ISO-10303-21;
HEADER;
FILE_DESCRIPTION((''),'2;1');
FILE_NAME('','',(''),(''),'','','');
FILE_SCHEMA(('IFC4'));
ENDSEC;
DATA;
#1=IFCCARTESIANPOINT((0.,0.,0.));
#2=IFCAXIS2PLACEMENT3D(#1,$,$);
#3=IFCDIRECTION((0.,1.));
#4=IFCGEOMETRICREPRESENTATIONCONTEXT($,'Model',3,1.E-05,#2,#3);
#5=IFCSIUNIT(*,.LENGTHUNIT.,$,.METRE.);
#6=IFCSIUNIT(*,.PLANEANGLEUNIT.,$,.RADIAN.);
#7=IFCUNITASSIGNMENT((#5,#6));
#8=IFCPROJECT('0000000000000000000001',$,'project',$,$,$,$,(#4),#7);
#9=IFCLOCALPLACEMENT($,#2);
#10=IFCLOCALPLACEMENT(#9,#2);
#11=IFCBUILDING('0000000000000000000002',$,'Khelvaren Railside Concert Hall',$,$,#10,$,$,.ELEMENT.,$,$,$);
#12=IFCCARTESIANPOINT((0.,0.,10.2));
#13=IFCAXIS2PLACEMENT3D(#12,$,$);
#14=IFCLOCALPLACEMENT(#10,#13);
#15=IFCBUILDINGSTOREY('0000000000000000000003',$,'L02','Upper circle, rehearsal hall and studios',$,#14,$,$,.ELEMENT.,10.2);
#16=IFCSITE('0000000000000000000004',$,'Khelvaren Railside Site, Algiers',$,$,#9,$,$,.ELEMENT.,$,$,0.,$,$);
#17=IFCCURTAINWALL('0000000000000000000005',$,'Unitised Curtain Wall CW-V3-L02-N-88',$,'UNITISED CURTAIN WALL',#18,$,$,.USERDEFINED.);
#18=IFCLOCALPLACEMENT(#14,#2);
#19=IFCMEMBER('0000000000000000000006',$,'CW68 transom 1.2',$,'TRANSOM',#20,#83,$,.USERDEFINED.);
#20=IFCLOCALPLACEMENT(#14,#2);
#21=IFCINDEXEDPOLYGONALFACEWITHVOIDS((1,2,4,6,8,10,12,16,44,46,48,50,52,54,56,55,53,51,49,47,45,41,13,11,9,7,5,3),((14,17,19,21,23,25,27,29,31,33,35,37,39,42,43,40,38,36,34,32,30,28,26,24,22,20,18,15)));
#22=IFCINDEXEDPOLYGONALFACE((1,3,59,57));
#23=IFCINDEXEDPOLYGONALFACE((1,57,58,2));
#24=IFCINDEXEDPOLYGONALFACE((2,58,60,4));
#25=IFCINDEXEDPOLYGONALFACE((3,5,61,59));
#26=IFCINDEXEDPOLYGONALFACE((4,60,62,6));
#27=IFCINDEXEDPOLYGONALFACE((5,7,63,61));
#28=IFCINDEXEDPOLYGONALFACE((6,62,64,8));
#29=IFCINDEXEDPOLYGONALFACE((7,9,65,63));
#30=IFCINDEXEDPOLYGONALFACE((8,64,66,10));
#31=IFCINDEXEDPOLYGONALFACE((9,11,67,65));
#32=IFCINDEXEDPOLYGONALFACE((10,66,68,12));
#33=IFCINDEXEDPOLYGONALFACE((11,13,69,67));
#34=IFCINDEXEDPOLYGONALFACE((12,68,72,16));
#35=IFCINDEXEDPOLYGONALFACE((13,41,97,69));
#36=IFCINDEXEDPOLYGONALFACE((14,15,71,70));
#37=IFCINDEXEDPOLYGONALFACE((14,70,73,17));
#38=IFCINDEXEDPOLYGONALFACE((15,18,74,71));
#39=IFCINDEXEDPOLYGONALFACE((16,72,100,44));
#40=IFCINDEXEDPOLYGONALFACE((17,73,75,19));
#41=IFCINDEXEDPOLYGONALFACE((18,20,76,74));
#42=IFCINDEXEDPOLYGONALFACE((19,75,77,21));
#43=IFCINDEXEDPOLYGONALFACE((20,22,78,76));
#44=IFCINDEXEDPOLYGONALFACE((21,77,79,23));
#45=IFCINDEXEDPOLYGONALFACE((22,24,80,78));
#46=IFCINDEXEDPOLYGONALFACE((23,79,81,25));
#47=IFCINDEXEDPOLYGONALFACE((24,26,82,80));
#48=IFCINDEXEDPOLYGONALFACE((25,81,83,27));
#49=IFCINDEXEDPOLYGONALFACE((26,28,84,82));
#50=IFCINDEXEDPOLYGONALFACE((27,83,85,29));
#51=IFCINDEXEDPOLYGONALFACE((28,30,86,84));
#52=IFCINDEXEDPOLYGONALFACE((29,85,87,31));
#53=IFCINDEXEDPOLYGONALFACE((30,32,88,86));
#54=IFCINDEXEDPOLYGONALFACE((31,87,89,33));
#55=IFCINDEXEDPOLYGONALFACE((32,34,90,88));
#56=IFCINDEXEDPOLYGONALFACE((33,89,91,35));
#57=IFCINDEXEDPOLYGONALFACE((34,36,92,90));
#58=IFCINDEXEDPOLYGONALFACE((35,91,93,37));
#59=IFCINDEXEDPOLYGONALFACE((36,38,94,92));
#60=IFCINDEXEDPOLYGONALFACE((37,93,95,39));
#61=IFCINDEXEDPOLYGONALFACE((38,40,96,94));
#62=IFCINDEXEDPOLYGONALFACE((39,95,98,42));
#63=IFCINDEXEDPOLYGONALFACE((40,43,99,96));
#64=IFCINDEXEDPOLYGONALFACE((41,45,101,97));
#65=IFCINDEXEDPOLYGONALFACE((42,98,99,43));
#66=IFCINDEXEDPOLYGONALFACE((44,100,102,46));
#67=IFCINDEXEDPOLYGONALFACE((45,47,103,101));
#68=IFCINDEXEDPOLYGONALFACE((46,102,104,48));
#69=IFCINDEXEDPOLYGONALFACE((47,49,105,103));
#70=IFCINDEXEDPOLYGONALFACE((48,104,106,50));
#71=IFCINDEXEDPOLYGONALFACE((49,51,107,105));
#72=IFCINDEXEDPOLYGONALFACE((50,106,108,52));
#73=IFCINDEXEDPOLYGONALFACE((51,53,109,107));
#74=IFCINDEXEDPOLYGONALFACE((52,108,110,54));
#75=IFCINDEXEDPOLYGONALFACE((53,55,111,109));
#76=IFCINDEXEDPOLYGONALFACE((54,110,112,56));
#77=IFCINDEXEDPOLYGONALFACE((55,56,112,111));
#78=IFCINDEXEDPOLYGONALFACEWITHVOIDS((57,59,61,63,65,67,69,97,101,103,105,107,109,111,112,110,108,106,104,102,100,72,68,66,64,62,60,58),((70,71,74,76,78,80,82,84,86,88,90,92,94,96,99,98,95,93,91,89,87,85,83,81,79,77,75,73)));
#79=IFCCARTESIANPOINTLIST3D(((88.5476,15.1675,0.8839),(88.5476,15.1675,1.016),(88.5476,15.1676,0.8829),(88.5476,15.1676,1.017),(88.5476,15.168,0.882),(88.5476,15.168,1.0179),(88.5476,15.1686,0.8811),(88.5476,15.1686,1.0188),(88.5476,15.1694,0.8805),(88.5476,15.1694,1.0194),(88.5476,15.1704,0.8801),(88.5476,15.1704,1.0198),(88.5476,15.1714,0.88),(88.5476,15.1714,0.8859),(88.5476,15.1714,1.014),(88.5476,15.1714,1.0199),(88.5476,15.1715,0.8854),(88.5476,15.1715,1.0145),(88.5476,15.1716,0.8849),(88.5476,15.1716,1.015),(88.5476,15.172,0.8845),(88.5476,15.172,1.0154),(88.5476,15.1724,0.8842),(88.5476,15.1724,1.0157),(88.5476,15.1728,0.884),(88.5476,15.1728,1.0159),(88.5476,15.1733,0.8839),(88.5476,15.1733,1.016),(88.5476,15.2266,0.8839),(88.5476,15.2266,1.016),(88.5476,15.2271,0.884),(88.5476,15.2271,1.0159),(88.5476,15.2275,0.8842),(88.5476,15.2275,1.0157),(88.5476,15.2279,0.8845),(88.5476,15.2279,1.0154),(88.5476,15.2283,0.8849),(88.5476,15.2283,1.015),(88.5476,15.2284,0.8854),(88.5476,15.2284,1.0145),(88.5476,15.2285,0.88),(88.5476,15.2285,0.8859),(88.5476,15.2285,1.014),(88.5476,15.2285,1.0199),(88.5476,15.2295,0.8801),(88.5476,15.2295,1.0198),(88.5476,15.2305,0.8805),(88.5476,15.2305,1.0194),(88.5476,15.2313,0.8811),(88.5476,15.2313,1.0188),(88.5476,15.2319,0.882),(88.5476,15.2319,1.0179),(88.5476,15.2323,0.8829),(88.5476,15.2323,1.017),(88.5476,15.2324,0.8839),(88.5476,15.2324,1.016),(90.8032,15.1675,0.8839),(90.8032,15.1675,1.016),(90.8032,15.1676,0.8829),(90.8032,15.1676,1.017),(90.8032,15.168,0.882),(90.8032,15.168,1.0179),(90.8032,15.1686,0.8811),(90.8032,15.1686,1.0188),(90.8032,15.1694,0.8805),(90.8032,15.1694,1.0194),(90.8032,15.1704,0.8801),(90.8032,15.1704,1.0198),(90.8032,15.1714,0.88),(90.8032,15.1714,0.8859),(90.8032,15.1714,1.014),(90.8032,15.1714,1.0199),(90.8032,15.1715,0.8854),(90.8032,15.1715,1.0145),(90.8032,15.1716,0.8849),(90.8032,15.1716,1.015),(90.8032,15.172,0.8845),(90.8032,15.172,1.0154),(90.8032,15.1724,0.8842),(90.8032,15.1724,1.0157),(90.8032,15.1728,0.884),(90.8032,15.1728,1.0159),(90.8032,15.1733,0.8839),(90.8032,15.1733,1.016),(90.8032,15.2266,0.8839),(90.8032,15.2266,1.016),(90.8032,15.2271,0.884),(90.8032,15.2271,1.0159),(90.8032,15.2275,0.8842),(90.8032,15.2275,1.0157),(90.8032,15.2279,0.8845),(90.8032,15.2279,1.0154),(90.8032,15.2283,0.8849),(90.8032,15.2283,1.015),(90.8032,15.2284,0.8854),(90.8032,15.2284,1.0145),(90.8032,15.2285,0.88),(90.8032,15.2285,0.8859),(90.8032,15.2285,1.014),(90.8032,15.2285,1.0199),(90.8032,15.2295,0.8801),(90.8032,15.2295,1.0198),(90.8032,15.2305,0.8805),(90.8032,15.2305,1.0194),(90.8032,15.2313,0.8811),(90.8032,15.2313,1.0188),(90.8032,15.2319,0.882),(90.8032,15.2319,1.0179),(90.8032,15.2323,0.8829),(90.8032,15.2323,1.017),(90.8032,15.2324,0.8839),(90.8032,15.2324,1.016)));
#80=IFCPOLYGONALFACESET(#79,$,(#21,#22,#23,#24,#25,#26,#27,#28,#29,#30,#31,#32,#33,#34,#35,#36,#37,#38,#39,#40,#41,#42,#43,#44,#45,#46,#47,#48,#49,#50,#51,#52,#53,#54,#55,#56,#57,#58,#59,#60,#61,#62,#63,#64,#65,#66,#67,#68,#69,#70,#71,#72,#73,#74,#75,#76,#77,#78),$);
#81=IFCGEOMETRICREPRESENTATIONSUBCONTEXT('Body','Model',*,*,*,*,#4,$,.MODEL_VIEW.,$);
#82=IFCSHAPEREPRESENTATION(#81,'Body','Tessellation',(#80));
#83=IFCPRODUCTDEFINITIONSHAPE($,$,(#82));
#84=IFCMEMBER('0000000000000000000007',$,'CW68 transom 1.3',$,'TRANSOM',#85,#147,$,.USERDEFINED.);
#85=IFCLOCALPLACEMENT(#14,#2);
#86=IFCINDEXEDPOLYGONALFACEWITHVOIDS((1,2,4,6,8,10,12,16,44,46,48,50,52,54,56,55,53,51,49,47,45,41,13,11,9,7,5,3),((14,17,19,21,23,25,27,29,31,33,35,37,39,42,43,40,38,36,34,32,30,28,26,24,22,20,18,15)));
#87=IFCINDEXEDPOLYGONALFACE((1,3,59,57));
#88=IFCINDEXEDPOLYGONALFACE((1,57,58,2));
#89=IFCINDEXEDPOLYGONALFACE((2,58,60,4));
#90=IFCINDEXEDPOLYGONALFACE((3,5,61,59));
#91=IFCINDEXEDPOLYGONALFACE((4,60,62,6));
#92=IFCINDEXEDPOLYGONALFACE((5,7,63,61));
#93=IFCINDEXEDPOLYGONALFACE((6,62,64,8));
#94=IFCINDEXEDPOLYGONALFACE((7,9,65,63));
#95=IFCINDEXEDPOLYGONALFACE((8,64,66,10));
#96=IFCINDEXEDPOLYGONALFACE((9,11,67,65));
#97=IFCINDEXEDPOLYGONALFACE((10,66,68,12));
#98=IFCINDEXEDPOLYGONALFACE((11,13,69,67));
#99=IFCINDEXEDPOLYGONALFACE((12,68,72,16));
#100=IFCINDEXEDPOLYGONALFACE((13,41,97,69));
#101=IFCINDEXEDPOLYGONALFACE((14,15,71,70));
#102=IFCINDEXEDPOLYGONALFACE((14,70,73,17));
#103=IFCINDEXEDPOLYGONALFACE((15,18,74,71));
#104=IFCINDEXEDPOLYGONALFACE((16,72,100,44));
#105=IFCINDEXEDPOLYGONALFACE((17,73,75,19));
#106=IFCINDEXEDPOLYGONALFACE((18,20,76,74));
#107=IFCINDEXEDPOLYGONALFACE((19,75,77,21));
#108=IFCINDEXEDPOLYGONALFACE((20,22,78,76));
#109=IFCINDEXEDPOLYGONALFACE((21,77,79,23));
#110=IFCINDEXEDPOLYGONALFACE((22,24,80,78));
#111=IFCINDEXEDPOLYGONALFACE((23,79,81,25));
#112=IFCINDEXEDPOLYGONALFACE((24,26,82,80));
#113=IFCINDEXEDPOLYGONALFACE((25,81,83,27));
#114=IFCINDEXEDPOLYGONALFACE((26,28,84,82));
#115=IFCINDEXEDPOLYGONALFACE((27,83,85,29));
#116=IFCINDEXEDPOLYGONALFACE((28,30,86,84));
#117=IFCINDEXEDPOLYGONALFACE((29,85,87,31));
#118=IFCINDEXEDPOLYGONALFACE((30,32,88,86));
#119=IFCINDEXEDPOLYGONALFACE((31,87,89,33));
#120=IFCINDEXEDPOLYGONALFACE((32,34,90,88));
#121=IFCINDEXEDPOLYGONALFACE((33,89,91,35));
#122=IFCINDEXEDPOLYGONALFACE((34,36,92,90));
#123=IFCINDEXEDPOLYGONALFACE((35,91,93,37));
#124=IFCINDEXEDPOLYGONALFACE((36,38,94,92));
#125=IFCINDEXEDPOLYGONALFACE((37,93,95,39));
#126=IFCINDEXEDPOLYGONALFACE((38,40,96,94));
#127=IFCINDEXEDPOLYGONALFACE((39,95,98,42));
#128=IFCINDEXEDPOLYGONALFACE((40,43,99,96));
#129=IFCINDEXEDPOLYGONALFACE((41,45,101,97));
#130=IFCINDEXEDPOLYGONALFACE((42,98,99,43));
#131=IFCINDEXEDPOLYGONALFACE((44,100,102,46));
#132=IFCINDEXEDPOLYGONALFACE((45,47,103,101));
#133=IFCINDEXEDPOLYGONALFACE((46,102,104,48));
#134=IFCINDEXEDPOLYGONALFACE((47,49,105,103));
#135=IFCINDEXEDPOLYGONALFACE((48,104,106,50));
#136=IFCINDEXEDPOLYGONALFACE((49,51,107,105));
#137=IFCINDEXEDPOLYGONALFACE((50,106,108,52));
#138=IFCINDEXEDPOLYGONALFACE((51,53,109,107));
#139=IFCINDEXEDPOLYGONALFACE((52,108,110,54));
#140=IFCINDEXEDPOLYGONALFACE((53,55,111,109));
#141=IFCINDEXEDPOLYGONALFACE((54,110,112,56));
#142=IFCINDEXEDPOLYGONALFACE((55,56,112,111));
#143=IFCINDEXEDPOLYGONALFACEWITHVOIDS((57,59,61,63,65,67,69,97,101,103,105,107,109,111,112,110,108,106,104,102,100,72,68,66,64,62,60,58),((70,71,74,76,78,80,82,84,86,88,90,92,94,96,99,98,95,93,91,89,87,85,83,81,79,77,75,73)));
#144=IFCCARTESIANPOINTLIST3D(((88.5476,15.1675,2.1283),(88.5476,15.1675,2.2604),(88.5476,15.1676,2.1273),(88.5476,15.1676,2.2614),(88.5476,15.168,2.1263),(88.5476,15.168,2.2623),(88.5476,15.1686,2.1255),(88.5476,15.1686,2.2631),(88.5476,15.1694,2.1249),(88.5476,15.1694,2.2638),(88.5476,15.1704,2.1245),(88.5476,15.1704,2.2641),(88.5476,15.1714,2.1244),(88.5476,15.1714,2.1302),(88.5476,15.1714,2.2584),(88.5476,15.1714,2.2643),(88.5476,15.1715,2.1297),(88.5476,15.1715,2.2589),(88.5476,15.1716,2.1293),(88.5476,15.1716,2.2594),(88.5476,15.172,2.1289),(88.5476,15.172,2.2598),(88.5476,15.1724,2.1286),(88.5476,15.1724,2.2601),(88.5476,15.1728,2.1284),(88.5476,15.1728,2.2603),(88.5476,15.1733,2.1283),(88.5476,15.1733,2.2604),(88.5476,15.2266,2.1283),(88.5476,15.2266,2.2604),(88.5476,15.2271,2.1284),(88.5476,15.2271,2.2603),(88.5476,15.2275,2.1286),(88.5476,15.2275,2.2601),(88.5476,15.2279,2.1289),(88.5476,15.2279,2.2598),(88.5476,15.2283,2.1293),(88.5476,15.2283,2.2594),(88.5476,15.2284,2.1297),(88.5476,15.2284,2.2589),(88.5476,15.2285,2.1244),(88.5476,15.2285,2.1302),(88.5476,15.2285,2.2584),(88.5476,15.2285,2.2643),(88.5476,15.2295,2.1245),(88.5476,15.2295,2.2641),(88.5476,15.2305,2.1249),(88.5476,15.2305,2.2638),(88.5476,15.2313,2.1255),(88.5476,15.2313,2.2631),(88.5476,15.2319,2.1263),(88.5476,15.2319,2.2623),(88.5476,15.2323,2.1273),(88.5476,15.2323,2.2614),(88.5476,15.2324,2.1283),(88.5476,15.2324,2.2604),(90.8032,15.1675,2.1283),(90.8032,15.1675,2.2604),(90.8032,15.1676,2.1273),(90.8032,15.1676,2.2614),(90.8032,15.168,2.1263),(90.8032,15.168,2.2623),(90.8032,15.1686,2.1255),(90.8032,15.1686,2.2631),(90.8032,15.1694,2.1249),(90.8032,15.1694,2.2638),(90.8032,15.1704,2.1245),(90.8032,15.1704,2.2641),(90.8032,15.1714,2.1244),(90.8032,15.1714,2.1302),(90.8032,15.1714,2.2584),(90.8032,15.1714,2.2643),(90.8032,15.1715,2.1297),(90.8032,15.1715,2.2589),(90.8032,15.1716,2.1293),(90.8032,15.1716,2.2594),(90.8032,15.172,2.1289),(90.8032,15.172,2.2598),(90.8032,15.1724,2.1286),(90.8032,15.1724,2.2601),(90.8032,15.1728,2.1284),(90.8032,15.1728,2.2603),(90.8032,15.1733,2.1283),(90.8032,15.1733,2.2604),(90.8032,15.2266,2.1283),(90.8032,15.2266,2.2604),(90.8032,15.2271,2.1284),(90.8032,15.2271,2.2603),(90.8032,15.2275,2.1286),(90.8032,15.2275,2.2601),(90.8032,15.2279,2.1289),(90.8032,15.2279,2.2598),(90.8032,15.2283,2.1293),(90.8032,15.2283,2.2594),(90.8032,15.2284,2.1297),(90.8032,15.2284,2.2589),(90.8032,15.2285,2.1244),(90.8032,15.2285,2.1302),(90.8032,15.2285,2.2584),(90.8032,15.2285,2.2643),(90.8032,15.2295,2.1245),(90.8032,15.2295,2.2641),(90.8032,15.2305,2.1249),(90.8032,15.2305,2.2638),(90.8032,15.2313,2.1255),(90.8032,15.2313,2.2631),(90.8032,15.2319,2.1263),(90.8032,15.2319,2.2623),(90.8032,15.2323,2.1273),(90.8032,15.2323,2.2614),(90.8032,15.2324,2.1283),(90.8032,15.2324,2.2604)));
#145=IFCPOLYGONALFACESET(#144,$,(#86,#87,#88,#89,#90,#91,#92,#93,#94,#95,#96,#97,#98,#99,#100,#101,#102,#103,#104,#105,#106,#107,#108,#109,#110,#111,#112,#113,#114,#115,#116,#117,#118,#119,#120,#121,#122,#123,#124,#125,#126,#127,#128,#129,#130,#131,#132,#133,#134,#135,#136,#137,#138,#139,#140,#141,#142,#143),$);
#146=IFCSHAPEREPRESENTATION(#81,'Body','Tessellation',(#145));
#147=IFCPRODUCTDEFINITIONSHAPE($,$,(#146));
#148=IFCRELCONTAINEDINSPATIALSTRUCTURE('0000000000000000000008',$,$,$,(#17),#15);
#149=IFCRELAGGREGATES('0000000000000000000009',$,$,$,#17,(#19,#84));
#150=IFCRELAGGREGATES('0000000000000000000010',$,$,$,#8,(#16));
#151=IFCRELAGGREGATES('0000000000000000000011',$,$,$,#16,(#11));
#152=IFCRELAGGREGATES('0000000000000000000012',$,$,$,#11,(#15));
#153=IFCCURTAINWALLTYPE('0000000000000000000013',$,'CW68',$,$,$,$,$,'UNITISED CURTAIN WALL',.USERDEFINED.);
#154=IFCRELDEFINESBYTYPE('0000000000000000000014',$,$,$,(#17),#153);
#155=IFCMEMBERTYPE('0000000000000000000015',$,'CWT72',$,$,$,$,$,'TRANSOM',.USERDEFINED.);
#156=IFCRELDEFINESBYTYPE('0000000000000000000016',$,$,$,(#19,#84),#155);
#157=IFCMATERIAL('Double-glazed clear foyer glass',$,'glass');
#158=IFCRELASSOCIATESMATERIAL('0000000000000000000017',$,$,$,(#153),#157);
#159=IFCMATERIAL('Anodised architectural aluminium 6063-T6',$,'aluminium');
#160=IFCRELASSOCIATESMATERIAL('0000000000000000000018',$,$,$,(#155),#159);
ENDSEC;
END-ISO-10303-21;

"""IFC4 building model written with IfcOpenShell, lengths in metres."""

from ifc_helpers import new_model, si_unit, direction, frame, origin, origin_2d, place, context, subcontext, project, spatial, hollow_rectangle, extrude, material, material_profile, profile_set, type_object, element, aggregate, save


model = new_model("IFC4")

# Units and contexts
model_context = context("Model", 3, precision=1e-05, world=origin(), true_north=direction((0.0, 1.0)))
body_context = subcontext(model_context, "Body", "Model", "MODEL_VIEW")
ifc_project = project(units=[si_unit("LENGTHUNIT", "METRE"), si_unit("PLANEANGLEUNIT", "RADIAN")], contexts=[model_context])

# Site, building, storey
site_placement = place(None, origin())
site = spatial("IfcSite", under=ifc_project, at=site_placement, Name="Khelvaren Railside Site, Algiers", CompositionType="ELEMENT", RefElevation=0.0)
building_placement = place(site_placement, origin())
building = spatial("IfcBuilding", under=site, at=building_placement, Name="Khelvaren Railside Concert Hall", CompositionType="ELEMENT")
storey_placement = place(building_placement, frame((0.0, 0.0, 10.2)))
storey = spatial("IfcBuildingStorey", under=building, at=storey_placement, Name="L02", Description="Upper circle, rehearsal hall and studios", CompositionType="ELEMENT", Elevation=10.2)

# Curtain wall, members
ifc_material_1 = material(Name="Double-glazed clear foyer glass", Category="glass")
curtain_wall_type = type_object("IfcCurtainWallType", Name="CW68", ElementType="UNITISED CURTAIN WALL", PredefinedType="USERDEFINED", material=ifc_material_1)
curtain_wall_placement = place(storey_placement, origin())
curtain_wall = element("IfcCurtainWall", 1, at=curtain_wall_placement, inside=storey, type_object=curtain_wall_type, Name="Unitised Curtain Wall CW-V3-L02-N-88", ObjectType="UNITISED CURTAIN WALL", PredefinedType="USERDEFINED")
ifc_material_2 = material(Name="Anodised architectural aluminium 6063-T6", Category="aluminium")
ifc_material_profile_1 = material_profile(ifc_material_2, hollow_rectangle(XDim=0.0649, YDim=0.1399, WallThickness=0.0039, InnerFilletRadius=0.002, OuterFilletRadius=0.0039, at=origin_2d()), Name="CWT 65x140x4")
ifc_profile_set_1 = profile_set([ifc_material_profile_1], Name="Anodised architectural aluminium 6063-T6")
member_type_1 = type_object("IfcMemberType", Name="CWT72", ElementType="TRANSOM", PredefinedType="USERDEFINED", material=ifc_profile_set_1)
member_1_placement = place(storey_placement, frame((88.5476, 15.2, 0.95), z_axis=(1.0, 0.0, 0.0), x_axis=(0.0, 1.0, 0.0)))
member_1 = element("IfcMember", 2, at=member_1_placement, type_object=member_type_1, Name="CW68 transom 1.2", ObjectType="TRANSOM", PredefinedType="USERDEFINED", context=body_context, shape_type="SweptSolid", body=[
    extrude(hollow_rectangle(XDim=0.0649, YDim=0.1399, WallThickness=0.0039, InnerFilletRadius=0.002, OuterFilletRadius=0.0039, at=origin_2d()), origin(), (0.0, 0.0, 1.0), 2.2556),
])
member_2_placement = place(storey_placement, frame((88.5476, 15.2, 2.1943), z_axis=(1.0, 0.0, 0.0), x_axis=(0.0, 1.0, 0.0)))
member_2 = element("IfcMember", 3, at=member_2_placement, type_object=member_type_1, Name="CW68 transom 1.3", ObjectType="TRANSOM", PredefinedType="USERDEFINED", context=body_context, shape_type="SweptSolid", body=[
    extrude(hollow_rectangle(XDim=0.0649, YDim=0.1399, WallThickness=0.0039, InnerFilletRadius=0.002, OuterFilletRadius=0.0039, at=origin_2d()), origin(), (0.0, 0.0, 1.0), 2.2556),
])

aggregate(curtain_wall, [member_1, member_2])

save(model, "model.ifc")
